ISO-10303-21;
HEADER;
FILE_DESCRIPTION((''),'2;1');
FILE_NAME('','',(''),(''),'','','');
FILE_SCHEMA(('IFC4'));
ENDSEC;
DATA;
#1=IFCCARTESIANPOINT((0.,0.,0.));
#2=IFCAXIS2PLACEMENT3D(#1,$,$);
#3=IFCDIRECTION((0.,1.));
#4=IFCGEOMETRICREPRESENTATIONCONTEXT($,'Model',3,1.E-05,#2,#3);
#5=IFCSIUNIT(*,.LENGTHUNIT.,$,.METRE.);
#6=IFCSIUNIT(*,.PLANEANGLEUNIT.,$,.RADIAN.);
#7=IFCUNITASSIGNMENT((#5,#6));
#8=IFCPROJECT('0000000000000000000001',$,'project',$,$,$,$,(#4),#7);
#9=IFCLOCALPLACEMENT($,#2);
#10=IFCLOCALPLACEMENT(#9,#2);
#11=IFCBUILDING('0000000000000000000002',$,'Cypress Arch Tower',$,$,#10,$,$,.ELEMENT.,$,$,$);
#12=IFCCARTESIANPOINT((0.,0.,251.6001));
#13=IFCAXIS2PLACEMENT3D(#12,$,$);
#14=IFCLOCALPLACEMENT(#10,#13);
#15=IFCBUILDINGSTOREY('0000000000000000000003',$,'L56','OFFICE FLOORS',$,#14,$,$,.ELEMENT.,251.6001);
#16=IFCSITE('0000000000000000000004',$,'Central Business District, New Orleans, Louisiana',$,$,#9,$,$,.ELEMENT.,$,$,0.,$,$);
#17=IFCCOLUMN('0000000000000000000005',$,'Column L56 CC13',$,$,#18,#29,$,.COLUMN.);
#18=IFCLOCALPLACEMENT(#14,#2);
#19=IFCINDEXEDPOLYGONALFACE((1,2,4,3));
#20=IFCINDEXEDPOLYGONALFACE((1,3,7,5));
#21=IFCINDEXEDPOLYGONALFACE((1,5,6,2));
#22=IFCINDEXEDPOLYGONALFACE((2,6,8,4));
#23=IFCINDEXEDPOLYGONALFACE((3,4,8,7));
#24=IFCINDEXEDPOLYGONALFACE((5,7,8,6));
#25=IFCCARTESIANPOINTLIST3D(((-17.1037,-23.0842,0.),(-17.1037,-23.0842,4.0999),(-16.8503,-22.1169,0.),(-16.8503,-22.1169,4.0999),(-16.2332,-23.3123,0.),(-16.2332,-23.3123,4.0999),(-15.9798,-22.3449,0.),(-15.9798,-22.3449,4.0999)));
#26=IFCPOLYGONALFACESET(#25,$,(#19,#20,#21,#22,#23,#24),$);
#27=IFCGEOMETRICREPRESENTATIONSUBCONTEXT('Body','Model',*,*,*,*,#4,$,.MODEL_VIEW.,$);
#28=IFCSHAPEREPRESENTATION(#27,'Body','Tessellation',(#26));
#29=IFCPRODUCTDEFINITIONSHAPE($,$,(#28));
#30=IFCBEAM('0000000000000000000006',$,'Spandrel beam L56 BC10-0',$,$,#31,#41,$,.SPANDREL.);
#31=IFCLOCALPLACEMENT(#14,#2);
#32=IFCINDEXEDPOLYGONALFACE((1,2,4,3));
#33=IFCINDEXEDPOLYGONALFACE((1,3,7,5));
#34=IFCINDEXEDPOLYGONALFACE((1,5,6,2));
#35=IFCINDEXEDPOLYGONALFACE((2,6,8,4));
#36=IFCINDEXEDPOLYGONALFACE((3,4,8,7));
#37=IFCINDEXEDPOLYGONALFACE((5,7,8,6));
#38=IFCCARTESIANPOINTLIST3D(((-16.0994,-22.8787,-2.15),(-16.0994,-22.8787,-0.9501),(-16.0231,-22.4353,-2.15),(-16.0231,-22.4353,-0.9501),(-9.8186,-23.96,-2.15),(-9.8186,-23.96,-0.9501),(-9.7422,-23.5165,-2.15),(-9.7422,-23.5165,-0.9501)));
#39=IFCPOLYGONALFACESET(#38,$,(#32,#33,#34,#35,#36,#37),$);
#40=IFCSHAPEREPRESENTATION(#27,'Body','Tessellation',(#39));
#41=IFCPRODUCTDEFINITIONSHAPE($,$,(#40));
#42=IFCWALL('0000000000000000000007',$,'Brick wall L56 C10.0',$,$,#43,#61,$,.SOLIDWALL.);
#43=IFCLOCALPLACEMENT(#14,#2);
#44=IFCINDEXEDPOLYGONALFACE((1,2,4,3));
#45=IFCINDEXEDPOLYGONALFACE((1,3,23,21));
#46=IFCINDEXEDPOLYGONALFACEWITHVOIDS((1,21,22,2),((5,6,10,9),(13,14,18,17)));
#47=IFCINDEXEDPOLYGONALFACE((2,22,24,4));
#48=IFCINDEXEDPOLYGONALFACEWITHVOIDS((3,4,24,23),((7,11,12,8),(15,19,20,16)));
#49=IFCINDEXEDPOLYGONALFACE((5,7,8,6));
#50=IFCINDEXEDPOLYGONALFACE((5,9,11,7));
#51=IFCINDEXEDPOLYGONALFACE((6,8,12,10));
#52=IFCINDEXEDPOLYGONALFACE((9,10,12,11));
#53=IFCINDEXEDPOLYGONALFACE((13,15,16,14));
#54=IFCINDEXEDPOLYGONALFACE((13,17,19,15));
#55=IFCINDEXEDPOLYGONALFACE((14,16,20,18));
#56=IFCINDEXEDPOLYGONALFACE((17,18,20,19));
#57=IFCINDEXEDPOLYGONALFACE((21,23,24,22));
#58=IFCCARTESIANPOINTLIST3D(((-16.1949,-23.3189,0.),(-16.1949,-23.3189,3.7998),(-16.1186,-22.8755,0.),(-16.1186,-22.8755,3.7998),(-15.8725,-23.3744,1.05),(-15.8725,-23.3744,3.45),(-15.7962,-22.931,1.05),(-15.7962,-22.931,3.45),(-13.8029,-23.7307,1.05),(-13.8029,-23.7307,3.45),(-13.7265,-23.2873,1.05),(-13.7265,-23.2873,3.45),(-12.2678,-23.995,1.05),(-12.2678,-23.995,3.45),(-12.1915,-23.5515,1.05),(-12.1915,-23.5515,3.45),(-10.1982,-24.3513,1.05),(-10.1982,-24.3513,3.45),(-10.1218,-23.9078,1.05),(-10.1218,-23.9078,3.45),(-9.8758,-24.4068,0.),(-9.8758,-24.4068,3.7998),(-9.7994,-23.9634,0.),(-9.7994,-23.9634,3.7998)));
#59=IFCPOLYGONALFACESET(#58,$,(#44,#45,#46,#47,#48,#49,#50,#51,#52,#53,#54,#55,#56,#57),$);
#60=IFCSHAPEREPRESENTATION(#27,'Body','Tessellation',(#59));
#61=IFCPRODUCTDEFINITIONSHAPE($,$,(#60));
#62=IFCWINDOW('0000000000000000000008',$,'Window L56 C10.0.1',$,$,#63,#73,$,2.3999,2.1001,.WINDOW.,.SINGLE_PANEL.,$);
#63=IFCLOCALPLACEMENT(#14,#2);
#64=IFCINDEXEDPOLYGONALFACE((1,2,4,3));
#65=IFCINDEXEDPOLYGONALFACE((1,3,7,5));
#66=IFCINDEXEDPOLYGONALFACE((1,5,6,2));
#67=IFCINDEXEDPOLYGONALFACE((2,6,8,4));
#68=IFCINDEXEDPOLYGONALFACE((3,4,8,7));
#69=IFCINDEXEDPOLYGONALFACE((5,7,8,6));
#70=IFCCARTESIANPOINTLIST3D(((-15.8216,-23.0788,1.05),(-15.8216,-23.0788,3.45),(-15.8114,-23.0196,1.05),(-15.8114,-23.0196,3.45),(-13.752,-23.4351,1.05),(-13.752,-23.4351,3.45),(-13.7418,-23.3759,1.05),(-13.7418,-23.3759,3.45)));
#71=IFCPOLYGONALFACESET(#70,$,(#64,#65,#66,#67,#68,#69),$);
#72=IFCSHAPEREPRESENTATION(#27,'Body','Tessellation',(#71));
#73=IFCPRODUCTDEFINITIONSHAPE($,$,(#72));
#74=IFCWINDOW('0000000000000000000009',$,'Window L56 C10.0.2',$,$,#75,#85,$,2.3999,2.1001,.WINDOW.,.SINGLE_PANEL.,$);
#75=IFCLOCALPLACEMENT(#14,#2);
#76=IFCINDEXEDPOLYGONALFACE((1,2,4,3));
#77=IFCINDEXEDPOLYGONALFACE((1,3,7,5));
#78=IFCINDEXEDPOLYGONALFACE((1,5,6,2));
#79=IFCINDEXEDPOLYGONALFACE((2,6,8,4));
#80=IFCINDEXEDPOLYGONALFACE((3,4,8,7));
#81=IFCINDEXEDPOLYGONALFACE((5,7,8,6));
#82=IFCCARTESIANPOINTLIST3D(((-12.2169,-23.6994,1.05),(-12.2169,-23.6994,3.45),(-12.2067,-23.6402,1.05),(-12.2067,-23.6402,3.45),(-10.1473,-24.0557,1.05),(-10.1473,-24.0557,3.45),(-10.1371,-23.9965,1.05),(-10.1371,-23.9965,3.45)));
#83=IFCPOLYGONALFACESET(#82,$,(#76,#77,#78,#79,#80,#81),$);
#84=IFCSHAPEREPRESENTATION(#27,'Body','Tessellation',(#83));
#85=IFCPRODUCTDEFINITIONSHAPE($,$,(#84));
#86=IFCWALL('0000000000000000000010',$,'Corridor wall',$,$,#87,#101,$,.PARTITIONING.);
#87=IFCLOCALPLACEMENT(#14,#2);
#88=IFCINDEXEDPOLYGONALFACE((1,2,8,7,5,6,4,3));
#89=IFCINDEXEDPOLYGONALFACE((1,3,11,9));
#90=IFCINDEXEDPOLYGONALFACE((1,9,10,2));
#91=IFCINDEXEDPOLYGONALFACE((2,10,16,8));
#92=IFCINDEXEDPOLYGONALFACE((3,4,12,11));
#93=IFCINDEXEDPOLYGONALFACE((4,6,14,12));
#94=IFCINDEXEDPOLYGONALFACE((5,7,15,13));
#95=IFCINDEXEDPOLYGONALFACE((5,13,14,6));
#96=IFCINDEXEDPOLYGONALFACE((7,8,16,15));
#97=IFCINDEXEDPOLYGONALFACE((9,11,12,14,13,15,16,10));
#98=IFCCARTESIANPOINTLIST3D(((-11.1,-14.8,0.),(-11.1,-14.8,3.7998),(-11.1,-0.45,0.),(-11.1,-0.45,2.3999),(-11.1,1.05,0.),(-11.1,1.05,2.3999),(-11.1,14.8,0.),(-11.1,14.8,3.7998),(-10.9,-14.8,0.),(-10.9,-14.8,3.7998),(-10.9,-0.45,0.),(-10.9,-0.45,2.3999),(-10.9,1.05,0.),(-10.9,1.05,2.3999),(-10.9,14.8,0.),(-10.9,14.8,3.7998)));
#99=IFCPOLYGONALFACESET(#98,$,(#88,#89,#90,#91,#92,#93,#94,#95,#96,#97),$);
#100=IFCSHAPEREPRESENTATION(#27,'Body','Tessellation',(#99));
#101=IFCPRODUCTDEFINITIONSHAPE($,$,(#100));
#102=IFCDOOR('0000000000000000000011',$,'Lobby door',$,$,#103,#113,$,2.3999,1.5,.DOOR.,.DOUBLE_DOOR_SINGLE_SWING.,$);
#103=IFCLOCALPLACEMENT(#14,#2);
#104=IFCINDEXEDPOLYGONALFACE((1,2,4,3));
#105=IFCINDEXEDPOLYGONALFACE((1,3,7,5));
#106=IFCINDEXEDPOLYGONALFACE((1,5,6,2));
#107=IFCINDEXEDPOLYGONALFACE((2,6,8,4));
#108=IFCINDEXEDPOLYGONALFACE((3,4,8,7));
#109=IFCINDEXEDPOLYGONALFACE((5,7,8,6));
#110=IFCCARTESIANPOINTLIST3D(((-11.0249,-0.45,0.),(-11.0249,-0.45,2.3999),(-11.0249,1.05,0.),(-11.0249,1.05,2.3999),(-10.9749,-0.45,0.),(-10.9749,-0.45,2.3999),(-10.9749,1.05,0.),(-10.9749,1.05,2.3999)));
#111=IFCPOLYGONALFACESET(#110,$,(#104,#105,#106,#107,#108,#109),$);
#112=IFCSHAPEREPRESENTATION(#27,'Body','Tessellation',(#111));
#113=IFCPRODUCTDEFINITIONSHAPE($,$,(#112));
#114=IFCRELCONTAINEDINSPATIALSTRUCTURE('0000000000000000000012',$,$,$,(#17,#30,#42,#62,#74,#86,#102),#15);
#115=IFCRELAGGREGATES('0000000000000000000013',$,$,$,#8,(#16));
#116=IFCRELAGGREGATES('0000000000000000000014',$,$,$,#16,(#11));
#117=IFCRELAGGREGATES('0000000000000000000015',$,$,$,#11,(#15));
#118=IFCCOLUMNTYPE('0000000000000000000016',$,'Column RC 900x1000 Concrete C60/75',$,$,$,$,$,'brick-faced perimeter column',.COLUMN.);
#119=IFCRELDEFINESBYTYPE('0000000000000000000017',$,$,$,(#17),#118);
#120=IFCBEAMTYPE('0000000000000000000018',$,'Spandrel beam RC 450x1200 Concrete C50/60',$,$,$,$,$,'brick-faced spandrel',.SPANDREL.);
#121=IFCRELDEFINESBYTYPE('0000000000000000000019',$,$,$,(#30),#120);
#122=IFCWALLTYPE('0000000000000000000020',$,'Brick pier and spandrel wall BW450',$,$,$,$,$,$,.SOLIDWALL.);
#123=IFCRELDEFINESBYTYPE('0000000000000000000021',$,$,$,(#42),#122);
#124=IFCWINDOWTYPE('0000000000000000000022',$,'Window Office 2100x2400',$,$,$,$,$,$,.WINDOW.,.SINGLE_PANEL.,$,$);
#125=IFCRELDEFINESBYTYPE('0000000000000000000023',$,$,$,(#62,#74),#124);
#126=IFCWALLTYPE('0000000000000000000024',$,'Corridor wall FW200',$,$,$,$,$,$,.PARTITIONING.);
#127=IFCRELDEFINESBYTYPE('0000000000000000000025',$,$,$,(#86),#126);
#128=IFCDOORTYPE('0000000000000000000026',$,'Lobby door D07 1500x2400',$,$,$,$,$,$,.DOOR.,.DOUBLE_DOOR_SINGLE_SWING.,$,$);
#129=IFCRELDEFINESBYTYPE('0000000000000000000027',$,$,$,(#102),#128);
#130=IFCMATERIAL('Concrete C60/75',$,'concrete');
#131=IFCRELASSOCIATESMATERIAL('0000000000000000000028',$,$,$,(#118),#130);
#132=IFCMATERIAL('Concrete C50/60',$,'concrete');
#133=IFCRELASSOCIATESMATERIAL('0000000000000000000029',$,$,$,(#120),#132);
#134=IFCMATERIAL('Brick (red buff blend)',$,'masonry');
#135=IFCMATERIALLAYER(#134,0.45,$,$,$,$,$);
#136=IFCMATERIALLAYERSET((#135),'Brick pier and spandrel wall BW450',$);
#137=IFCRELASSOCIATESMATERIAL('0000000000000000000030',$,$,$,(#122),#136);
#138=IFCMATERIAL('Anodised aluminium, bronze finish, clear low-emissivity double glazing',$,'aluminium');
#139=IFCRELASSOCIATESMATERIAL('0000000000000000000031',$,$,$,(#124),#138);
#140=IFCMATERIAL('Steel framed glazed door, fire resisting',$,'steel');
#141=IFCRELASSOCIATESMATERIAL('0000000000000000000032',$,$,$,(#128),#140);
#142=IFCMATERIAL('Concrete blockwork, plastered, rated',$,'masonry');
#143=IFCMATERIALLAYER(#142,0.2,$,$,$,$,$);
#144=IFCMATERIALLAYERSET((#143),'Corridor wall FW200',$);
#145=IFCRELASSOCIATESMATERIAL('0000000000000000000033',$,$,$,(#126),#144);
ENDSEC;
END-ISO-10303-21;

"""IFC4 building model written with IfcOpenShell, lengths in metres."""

from ifc_helpers import new_model, si_unit, direction, frame, frame_2d, origin, origin_2d, place, context, subcontext, project, spatial, rectangle, extrude, material, layer, layer_set, material_profile, profile_set, type_object, element, fill, save


model = new_model("IFC4")

# Units and contexts
model_context = context("Model", 3, precision=1e-05, world=origin(), true_north=direction((0.0, 1.0)))
body_context = subcontext(model_context, "Body", "Model", "MODEL_VIEW")
ifc_project = project(units=[si_unit("LENGTHUNIT", "METRE"), si_unit("PLANEANGLEUNIT", "RADIAN")], contexts=[model_context])

# Site, building, storey
site_placement = place(None, origin())
site = spatial("IfcSite", under=ifc_project, at=site_placement, Name="Central Business District, New Orleans, Louisiana", CompositionType="ELEMENT", RefElevation=0.0)
building_placement = place(site_placement, origin())
building = spatial("IfcBuilding", under=site, at=building_placement, Name="Cypress Arch Tower", CompositionType="ELEMENT")
storey_placement = place(building_placement, frame((0.0, 0.0, 251.6001)))
storey = spatial("IfcBuildingStorey", under=building, at=storey_placement, Name="L56", Description="OFFICE FLOORS", CompositionType="ELEMENT", Elevation=251.6001)

# Column
ifc_material_1 = material(Name="Concrete C60/75", Category="concrete")
ifc_material_profile_1 = material_profile(ifc_material_1, rectangle(XDim=0.8999, YDim=1.0, at=origin_2d()), Name="RC 900x1000")
ifc_profile_set_1 = profile_set([ifc_material_profile_1], Name="Concrete C60/75")
column_type = type_object("IfcColumnType", Name="Column RC 900x1000 Concrete C60/75", ElementType="brick-faced perimeter column", PredefinedType="COLUMN", material=ifc_profile_set_1)
column_placement = place(storey_placement, frame((-16.5417, -22.7146, 0.0), z_axis=(0.0, 0.0, 1.0), x_axis=(0.967356, -0.253422, 0.0)))
element("IfcColumn", 1, at=column_placement, inside=storey, type_object=column_type, Name="Column L56 CC13", PredefinedType="COLUMN", context=body_context, shape_type="SweptSolid", body=[
    extrude(rectangle(XDim=0.8999, YDim=1.0, at=origin_2d()), origin(), (0.0, 0.0, 1.0), 4.0999),
])

# Beam
ifc_material_2 = material(Name="Concrete C50/60", Category="concrete")
ifc_material_profile_2 = material_profile(ifc_material_2, rectangle(XDim=0.45, YDim=1.2, at=origin_2d()), Name="RC 450x1200")
ifc_profile_set_2 = profile_set([ifc_material_profile_2], Name="Concrete C50/60")
beam_type = type_object("IfcBeamType", Name="Spandrel beam RC 450x1200 Concrete C50/60", ElementType="brick-faced spandrel", PredefinedType="SPANDREL", material=ifc_profile_set_2)
beam_placement = place(storey_placement, frame((-16.0613, -22.657, -1.55), z_axis=(0.985503, -0.169658, 0.0), x_axis=(0.169658, 0.985503, 0.0)))
element("IfcBeam", 2, at=beam_placement, inside=storey, type_object=beam_type, Name="Spandrel beam L56 BC10-0", PredefinedType="SPANDREL", context=body_context, shape_type="SweptSolid", body=[
    extrude(rectangle(XDim=0.45, YDim=1.2, at=origin_2d()), origin(), (0.0, 0.0, 1.0), 6.3733),
])

# Wall, openings, windows
ifc_material_3 = material(Name="Brick (red buff blend)", Category="masonry")
ifc_layer_1 = layer(ifc_material_3, 0.45)
ifc_layer_set_1 = layer_set([ifc_layer_1], Name="Brick pier and spandrel wall BW450")
wall_type_1 = type_object("IfcWallType", Name="Brick pier and spandrel wall BW450", PredefinedType="SOLIDWALL", material=ifc_layer_set_1)
wall_1_placement = place(storey_placement, frame((-16.1567, -23.0972, 0.0), z_axis=(0.0, 0.0, 1.0), x_axis=(0.985502, -0.169663, 0.0)))
wall_1 = element("IfcWall", 3, at=wall_1_placement, inside=storey, type_object=wall_type_1, Name="Brick wall L56 C10.0", PredefinedType="SOLIDWALL", context=body_context, shape_type="SweptSolid", body=[
    extrude(rectangle(XDim=6.4121, YDim=0.45, at=frame_2d((3.2061, 0.0))), origin(), (0.0, 0.0, 1.0), 3.7998),
])
opening_1_placement = place(wall_1_placement, frame((0.3271, 0.0, 1.05)))
opening_1 = element("IfcOpeningElement", 4, at=opening_1_placement, cuts=wall_1, PredefinedType="OPENING", context=body_context, shape_type="SweptSolid", body=[
    extrude(rectangle(XDim=2.1001, YDim=2.3999, at=frame_2d((1.05, 1.2))), frame((0.0, 0.2349, 0.0), z_axis=(0.0, -1.0, 0.0), x_axis=(1.0, 0.0, 0.0)), (0.0, 0.0, 1.0), 0.47),
])
opening_2_placement = place(wall_1_placement, frame((3.9849, 0.0, 1.05)))
opening_2 = element("IfcOpeningElement", 5, at=opening_2_placement, cuts=wall_1, PredefinedType="OPENING", context=body_context, shape_type="SweptSolid", body=[
    extrude(rectangle(XDim=2.1001, YDim=2.3999, at=frame_2d((1.05, 1.2))), frame((0.0, 0.2349, 0.0), z_axis=(0.0, -1.0, 0.0), x_axis=(1.0, 0.0, 0.0)), (0.0, 0.0, 1.0), 0.47),
])
ifc_material_4 = material(Name="Anodised aluminium, bronze finish, clear low-emissivity double glazing", Category="aluminium")
window_type = type_object("IfcWindowType", Name="Window Office 2100x2400", PartitioningType="SINGLE_PANEL", PredefinedType="WINDOW", material=ifc_material_4)
window_1_placement = place(opening_1_placement, origin())
window_1 = element("IfcWindow", 6, at=window_1_placement, inside=storey, type_object=window_type, Name="Window L56 C10.0.1", OverallHeight=2.3999, OverallWidth=2.1001, PartitioningType="SINGLE_PANEL", PredefinedType="WINDOW", context=body_context, shape_type="SweptSolid", body=[
    extrude(rectangle(XDim=2.1001, YDim=2.3999, at=frame_2d((1.05, 1.2))), frame((0.0, 0.135, 0.0), z_axis=(0.0, -1.0, 0.0), x_axis=(1.0, 0.0, 0.0)), (0.0, 0.0, 1.0), 0.0601),
])
fill(opening_1, window_1)
window_2_placement = place(opening_2_placement, origin())
window_2 = element("IfcWindow", 7, at=window_2_placement, inside=storey, type_object=window_type, Name="Window L56 C10.0.2", OverallHeight=2.3999, OverallWidth=2.1001, PartitioningType="SINGLE_PANEL", PredefinedType="WINDOW", context=body_context, shape_type="SweptSolid", body=[
    extrude(rectangle(XDim=2.1001, YDim=2.3999, at=frame_2d((1.05, 1.2))), frame((0.0, 0.135, 0.0), z_axis=(0.0, -1.0, 0.0), x_axis=(1.0, 0.0, 0.0)), (0.0, 0.0, 1.0), 0.0601),
])
fill(opening_2, window_2)

# Shared definitions
ifc_material_5 = material(Name="Steel framed glazed door, fire resisting", Category="steel")
door_type_1 = type_object("IfcDoorType", Name="Lobby door D07 1500x2400", OperationType="DOUBLE_DOOR_SINGLE_SWING", PredefinedType="DOOR", material=ifc_material_5)

# Shared definitions
ifc_material_6 = material(Name="Concrete blockwork, plastered, rated", Category="masonry")
ifc_layer_2 = layer(ifc_material_6, 0.2)
ifc_layer_set_2 = layer_set([ifc_layer_2], Name="Corridor wall FW200")
wall_type_2 = type_object("IfcWallType", Name="Corridor wall FW200", PredefinedType="PARTITIONING", material=ifc_layer_set_2)

# Wall, opening, door
wall_2_placement = place(storey_placement, frame((-11.0, -14.8, 0.0), z_axis=(0.0, 0.0, 1.0), x_axis=(0.0, 1.0, 0.0)))
wall_2 = element("IfcWall", 8, at=wall_2_placement, inside=storey, type_object=wall_type_2, Name="Corridor wall", PredefinedType="PARTITIONING", context=body_context, shape_type="SweptSolid", body=[
    extrude(rectangle(XDim=29.6001, YDim=0.2, at=frame_2d((14.8, 0.0))), origin(), (0.0, 0.0, 1.0), 3.7998),
])
opening_3_placement = place(wall_2_placement, frame((14.3501, 0.0, 0.0)))
opening_3 = element("IfcOpeningElement", 9, at=opening_3_placement, cuts=wall_2, PredefinedType="OPENING", context=body_context, shape_type="SweptSolid", body=[
    extrude(rectangle(XDim=1.5, YDim=2.3999, at=frame_2d((0.75, 1.2))), frame((0.0, 0.1099, 0.0), z_axis=(0.0, -1.0, 0.0), x_axis=(1.0, 0.0, 0.0)), (0.0, 0.0, 1.0), 0.22),
])
door_1_placement = place(opening_3_placement, origin())
door_1 = element("IfcDoor", 10, at=door_1_placement, inside=storey, type_object=door_type_1, Name="Lobby door", OperationType="DOUBLE_DOOR_SINGLE_SWING", OverallHeight=2.3999, OverallWidth=1.5, PredefinedType="DOOR", context=body_context, shape_type="SweptSolid", body=[
    extrude(rectangle(XDim=1.5, YDim=2.3999, at=frame_2d((0.75, 1.2))), frame((0.0, 0.0249, 0.0), z_axis=(0.0, -1.0, 0.0), x_axis=(1.0, 0.0, 0.0)), (0.0, 0.0, 1.0), 0.05),
])
fill(opening_3, door_1)

save(model, "model.ifc")
